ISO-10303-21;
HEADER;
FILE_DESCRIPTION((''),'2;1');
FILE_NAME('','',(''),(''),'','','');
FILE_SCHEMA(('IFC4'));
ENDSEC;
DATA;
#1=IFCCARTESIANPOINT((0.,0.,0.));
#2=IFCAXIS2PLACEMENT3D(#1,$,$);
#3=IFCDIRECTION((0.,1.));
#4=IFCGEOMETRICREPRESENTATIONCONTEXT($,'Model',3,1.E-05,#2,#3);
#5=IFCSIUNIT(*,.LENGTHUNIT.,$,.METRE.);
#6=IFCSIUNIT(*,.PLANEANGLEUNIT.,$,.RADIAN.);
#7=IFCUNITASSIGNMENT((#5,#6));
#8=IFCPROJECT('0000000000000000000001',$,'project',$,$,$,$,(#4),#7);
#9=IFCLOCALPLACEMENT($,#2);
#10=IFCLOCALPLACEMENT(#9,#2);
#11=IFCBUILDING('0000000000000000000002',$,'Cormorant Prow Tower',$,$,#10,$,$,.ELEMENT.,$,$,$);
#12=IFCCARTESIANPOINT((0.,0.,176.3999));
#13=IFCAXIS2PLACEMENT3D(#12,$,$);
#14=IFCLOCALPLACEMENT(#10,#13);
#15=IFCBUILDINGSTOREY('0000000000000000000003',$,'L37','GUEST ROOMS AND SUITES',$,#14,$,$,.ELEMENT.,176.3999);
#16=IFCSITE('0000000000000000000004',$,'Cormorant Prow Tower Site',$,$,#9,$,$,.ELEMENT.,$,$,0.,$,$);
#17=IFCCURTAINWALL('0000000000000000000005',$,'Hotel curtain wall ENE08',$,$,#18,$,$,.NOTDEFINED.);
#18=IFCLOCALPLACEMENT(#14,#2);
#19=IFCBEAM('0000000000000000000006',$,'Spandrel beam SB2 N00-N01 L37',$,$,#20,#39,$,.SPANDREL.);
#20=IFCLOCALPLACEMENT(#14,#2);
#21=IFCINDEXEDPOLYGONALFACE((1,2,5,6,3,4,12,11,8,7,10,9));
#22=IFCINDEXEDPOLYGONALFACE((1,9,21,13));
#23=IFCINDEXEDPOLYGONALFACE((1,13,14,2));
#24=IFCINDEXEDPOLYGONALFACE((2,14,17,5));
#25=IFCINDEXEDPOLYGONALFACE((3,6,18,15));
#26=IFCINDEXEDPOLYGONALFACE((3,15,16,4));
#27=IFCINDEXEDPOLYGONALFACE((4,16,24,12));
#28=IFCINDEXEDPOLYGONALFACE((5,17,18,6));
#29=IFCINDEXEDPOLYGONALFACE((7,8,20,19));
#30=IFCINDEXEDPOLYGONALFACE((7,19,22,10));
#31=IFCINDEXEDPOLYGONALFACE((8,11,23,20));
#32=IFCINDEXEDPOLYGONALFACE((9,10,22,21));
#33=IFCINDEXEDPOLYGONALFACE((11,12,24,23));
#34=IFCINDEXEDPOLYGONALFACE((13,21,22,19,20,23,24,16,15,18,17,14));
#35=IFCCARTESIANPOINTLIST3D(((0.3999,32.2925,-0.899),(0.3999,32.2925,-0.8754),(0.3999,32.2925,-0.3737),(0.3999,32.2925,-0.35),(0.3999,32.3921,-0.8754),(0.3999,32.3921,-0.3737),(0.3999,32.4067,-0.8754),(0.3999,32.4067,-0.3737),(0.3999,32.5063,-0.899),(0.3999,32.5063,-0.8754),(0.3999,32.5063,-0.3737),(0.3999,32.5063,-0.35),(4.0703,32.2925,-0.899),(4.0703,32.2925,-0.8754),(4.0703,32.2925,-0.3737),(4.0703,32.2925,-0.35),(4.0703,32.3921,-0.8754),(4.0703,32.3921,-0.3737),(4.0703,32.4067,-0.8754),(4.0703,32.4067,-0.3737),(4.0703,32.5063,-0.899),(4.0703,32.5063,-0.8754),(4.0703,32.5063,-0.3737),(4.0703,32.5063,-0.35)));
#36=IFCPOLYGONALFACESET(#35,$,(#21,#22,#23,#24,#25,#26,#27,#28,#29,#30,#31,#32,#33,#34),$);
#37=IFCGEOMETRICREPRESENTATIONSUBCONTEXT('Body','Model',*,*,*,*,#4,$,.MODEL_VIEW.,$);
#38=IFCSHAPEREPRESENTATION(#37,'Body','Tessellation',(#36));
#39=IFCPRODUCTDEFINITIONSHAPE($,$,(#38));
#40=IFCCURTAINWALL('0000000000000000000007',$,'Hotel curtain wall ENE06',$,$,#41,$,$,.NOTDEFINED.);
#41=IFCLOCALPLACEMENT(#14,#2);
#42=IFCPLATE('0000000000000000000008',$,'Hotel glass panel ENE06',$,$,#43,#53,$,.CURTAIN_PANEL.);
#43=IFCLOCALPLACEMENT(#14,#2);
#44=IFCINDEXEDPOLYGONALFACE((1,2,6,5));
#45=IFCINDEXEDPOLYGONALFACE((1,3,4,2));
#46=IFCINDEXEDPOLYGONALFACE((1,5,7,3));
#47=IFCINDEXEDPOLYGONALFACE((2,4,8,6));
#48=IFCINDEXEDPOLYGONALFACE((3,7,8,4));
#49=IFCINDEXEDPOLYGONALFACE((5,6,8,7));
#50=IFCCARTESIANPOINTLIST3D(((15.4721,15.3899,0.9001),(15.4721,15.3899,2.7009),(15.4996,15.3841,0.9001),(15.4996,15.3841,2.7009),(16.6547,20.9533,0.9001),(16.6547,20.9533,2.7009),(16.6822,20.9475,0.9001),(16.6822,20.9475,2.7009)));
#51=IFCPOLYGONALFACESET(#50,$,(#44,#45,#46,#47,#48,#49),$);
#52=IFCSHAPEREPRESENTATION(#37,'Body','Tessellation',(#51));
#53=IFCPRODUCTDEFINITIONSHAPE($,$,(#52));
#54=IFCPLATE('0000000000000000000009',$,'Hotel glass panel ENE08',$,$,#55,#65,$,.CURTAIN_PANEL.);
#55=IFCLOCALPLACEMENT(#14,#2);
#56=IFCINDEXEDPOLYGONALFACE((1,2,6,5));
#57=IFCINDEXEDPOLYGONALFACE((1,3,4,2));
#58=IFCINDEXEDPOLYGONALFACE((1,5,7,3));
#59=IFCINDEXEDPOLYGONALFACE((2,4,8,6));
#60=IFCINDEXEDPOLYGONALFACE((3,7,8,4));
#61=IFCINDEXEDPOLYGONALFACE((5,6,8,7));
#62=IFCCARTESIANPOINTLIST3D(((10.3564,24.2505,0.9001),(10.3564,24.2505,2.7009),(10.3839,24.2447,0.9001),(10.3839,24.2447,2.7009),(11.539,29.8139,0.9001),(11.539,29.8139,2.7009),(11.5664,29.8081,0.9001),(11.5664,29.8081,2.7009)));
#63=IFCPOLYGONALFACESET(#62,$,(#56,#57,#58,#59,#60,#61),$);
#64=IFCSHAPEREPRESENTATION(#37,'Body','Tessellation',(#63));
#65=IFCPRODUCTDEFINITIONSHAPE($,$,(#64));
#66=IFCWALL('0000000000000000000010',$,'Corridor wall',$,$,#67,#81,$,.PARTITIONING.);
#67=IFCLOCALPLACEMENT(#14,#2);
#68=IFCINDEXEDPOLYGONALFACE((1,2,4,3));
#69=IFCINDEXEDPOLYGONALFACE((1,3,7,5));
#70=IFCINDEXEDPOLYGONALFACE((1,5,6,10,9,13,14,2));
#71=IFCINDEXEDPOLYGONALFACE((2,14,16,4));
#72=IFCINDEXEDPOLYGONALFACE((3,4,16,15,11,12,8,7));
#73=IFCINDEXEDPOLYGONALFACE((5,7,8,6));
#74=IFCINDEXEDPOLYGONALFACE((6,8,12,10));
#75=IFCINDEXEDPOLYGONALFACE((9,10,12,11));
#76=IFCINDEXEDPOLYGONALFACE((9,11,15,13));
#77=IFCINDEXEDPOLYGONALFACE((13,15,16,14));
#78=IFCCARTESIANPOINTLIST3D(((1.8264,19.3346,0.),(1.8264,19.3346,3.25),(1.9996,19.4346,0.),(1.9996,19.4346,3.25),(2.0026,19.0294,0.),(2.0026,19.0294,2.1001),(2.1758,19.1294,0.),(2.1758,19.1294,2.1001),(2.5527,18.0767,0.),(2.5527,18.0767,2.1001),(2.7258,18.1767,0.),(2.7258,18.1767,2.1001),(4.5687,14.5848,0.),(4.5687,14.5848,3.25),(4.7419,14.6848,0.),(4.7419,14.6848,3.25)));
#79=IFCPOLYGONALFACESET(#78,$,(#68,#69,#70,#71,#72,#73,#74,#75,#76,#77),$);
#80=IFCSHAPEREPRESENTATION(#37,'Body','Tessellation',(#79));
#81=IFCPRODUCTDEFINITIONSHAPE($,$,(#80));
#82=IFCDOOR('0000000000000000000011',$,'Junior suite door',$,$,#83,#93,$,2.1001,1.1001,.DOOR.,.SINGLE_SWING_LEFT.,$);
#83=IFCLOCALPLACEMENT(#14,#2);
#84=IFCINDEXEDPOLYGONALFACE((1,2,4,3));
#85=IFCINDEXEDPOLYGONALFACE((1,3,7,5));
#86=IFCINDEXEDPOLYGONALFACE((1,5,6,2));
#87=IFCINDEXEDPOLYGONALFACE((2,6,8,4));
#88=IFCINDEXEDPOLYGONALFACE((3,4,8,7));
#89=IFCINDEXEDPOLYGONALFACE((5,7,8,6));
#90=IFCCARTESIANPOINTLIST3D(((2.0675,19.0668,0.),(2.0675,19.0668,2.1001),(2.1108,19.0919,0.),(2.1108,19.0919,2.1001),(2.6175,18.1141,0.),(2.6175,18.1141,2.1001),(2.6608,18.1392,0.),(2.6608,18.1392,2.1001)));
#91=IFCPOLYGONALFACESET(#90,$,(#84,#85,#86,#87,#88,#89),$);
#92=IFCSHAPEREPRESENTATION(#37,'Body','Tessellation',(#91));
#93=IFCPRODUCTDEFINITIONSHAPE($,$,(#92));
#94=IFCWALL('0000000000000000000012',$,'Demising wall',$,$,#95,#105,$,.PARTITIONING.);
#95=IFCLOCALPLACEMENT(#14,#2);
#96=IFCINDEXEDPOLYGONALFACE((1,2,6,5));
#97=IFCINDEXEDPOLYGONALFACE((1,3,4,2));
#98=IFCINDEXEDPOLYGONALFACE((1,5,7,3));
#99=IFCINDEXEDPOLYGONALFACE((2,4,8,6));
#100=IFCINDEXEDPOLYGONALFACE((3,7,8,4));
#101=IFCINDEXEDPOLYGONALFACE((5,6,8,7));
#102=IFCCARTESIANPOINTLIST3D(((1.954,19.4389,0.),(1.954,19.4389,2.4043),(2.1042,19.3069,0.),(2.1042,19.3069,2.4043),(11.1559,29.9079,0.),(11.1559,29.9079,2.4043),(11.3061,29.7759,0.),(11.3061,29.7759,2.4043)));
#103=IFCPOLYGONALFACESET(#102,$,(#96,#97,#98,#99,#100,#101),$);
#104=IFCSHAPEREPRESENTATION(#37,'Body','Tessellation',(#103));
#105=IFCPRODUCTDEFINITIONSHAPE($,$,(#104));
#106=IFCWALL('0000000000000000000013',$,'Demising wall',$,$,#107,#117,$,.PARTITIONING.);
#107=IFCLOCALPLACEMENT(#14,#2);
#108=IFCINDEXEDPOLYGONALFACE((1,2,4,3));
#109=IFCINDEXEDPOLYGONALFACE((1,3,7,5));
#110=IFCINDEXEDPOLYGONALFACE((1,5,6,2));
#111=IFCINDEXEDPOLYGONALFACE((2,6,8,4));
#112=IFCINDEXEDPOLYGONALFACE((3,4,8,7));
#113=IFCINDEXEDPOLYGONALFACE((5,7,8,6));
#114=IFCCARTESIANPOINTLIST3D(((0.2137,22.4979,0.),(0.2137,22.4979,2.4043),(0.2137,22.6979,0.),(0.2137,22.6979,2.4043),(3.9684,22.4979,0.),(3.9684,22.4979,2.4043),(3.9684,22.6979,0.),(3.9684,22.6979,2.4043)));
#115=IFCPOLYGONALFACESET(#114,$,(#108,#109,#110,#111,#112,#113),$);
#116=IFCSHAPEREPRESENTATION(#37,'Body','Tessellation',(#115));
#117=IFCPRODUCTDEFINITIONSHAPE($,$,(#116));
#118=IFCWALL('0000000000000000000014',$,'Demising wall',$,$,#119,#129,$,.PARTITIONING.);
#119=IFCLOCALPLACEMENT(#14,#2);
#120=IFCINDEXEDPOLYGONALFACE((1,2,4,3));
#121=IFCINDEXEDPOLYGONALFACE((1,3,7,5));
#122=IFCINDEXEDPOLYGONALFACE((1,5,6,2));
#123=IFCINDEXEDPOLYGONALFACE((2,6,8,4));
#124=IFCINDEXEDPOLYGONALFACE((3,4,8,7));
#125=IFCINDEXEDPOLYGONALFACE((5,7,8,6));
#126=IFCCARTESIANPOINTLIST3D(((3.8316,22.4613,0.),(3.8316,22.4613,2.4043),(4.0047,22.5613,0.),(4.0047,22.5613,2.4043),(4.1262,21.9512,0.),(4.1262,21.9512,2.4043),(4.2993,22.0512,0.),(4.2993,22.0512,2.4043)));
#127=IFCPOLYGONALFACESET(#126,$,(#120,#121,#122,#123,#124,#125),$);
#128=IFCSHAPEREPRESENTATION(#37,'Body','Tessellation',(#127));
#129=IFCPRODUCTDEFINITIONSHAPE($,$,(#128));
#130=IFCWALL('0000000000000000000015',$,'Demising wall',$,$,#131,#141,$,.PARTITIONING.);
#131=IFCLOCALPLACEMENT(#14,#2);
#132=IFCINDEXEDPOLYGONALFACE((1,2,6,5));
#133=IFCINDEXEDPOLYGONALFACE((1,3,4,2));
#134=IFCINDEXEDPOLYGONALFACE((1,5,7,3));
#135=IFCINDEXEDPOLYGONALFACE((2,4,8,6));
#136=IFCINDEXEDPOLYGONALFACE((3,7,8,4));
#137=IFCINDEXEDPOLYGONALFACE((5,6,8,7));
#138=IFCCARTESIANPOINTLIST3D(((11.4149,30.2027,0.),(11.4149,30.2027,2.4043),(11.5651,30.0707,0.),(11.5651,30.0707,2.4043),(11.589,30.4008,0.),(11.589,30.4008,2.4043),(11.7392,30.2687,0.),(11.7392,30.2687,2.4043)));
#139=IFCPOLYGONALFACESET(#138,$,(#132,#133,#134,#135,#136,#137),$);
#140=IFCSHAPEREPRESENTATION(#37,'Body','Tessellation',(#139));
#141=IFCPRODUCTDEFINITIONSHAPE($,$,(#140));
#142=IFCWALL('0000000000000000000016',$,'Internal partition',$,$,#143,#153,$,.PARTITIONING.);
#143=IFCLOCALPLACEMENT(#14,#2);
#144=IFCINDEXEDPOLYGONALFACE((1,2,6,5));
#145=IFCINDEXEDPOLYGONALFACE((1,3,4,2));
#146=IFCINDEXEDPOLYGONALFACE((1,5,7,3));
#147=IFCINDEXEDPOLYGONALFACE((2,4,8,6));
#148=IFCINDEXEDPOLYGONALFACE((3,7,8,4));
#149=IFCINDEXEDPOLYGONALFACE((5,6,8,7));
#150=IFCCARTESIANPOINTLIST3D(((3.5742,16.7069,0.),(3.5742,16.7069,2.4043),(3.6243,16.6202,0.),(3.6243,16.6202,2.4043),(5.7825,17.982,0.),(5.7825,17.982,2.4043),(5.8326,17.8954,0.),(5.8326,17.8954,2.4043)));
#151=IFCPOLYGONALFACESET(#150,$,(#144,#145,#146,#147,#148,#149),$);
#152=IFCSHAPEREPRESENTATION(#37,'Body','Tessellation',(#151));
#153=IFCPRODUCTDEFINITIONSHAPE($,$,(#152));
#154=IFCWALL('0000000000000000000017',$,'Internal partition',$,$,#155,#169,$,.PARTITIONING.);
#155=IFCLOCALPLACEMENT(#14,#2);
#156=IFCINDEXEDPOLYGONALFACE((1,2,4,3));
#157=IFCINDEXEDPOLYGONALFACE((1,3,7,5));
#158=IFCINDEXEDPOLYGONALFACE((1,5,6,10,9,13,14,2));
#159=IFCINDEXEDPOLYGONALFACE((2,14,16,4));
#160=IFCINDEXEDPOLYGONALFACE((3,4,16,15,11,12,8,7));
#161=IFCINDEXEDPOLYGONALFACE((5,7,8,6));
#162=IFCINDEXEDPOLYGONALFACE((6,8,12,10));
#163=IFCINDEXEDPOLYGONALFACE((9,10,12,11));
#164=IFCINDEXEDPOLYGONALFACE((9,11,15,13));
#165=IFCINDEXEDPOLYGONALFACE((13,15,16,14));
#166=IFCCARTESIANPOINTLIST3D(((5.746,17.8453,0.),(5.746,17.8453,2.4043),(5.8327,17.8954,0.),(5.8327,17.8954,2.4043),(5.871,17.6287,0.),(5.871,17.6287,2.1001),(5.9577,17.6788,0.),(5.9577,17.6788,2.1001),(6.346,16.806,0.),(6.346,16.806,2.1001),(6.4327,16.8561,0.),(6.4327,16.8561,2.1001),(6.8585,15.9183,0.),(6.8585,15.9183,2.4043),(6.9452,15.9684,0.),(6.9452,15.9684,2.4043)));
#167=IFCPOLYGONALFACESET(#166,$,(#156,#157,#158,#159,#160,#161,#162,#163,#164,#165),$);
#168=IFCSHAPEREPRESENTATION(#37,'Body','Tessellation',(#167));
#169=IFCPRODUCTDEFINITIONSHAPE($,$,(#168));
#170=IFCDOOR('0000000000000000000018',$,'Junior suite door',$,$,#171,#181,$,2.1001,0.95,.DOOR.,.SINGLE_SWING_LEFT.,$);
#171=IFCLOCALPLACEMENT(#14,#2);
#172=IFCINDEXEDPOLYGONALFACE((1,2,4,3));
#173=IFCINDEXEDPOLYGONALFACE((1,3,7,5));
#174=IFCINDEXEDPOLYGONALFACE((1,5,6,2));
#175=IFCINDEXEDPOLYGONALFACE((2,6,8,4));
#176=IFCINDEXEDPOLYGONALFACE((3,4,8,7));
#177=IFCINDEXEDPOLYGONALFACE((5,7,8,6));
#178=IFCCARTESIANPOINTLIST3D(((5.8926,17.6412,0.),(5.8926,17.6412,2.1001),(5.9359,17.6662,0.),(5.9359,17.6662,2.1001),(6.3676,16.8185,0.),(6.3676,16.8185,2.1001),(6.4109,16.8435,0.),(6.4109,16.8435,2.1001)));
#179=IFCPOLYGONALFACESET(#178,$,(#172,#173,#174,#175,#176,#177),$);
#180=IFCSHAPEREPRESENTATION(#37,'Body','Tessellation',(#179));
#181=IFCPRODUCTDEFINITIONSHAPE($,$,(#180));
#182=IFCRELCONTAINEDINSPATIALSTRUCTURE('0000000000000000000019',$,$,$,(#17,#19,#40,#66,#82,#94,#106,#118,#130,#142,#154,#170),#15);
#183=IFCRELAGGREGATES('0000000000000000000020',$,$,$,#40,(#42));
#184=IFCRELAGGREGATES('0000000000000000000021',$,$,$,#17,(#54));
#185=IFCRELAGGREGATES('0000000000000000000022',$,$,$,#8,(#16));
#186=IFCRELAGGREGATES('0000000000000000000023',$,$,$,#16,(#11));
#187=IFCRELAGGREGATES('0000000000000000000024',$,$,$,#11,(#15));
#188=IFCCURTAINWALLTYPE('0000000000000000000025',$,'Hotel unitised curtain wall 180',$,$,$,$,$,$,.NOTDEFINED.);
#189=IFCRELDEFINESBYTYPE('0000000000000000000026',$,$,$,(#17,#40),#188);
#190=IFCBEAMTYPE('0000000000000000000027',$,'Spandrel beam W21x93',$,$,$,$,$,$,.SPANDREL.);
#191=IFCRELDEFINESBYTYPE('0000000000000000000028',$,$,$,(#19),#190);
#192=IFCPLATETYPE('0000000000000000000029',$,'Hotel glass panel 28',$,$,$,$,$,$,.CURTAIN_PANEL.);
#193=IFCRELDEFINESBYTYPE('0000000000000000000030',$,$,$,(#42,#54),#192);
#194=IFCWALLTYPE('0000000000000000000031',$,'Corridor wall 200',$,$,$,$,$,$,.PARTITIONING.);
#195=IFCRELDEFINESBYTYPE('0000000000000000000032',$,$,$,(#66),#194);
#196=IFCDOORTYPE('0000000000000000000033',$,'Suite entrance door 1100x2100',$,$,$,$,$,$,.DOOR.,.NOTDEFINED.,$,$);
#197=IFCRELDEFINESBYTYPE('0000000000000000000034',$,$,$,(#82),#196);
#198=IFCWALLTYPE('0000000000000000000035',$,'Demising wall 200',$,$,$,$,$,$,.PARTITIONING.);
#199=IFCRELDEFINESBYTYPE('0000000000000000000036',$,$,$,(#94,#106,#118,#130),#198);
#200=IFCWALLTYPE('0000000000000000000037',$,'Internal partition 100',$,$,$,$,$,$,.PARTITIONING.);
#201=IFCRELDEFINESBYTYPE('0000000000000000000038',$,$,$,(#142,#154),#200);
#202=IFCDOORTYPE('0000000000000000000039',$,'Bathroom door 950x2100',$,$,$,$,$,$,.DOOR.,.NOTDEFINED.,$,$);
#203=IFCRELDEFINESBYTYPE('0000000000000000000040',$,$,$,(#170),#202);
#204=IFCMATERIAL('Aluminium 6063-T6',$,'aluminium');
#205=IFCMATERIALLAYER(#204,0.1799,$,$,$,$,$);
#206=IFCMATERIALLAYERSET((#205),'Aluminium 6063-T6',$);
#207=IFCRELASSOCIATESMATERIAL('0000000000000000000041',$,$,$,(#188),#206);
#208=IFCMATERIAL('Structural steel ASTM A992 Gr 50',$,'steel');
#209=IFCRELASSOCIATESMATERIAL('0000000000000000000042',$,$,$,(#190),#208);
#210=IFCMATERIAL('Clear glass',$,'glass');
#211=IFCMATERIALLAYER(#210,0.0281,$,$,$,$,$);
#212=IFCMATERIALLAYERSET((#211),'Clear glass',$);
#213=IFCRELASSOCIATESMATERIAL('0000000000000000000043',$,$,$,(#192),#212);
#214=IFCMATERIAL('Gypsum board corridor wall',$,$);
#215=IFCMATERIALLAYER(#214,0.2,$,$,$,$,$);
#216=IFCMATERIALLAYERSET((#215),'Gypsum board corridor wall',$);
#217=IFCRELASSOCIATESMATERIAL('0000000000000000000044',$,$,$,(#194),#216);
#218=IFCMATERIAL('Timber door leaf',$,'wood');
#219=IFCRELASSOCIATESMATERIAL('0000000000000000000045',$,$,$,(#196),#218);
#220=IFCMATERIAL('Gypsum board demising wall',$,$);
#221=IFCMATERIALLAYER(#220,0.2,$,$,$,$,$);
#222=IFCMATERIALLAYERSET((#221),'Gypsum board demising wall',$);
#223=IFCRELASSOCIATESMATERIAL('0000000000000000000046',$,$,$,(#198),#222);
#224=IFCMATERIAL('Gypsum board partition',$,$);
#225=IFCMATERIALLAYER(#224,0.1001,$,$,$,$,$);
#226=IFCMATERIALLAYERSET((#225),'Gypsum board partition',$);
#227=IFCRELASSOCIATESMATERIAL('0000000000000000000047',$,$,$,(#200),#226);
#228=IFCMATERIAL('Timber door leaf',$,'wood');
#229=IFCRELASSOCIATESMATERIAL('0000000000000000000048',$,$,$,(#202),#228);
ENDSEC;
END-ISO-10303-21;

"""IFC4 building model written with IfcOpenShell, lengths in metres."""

from ifc_helpers import new_model, si_unit, direction, frame, frame_2d, origin, origin_2d, place, context, subcontext, project, spatial, rectangle, i_section, extrude, material, layer, layer_set, material_profile, profile_set, type_object, element, fill, aggregate, save


model = new_model("IFC4")

# Units and contexts
model_context = context("Model", 3, precision=1e-05, world=origin(), true_north=direction((0.0, 1.0)))
body_context = subcontext(model_context, "Body", "Model", "MODEL_VIEW")
ifc_project = project(units=[si_unit("LENGTHUNIT", "METRE"), si_unit("PLANEANGLEUNIT", "RADIAN")], contexts=[model_context])

# Site, building, storey
site_placement = place(None, origin())
site = spatial("IfcSite", under=ifc_project, at=site_placement, Name="Cormorant Prow Tower Site", CompositionType="ELEMENT", RefElevation=0.0)
building_placement = place(site_placement, origin())
building = spatial("IfcBuilding", under=site, at=building_placement, Name="Cormorant Prow Tower", CompositionType="ELEMENT")
storey_placement = place(building_placement, frame((0.0, 0.0, 176.3999)))
storey = spatial("IfcBuildingStorey", under=building, at=storey_placement, Name="L37", Description="GUEST ROOMS AND SUITES", CompositionType="ELEMENT", Elevation=176.3999)

# Curtain wall
ifc_material_1 = material(Name="Aluminium 6063-T6", Category="aluminium")
ifc_layer_1 = layer(ifc_material_1, 0.1799)
ifc_layer_set_1 = layer_set([ifc_layer_1], Name="Aluminium 6063-T6")
curtain_wall_type = type_object("IfcCurtainWallType", Name="Hotel unitised curtain wall 180", PredefinedType="NOTDEFINED", material=ifc_layer_set_1)
curtain_wall_1_placement = place(storey_placement, origin())
curtain_wall_1 = element("IfcCurtainWall", 1, at=curtain_wall_1_placement, inside=storey, type_object=curtain_wall_type, Name="Hotel curtain wall ENE08", PredefinedType="NOTDEFINED")

# Beam
ifc_material_2 = material(Name="Structural steel ASTM A992 Gr 50", Category="steel")
ifc_material_profile_1 = material_profile(ifc_material_2, i_section(OverallWidth=0.2139, OverallDepth=0.5491, WebThickness=0.0146, FlangeThickness=0.0237, at=origin_2d()), Name="W21x93")
ifc_profile_set_1 = profile_set([ifc_material_profile_1], Name="Structural steel ASTM A992 Gr 50")
beam_type = type_object("IfcBeamType", Name="Spandrel beam W21x93", PredefinedType="SPANDREL", material=ifc_profile_set_1)
beam_1_placement = place(storey_placement, frame((4.0703, 32.3994, -0.6245), z_axis=(-1.0, 0.0, 0.0), x_axis=(0.0, -1.0, 0.0)))
element("IfcBeam", 2, at=beam_1_placement, inside=storey, type_object=beam_type, Name="Spandrel beam SB2 N00-N01 L37", PredefinedType="SPANDREL", context=body_context, shape_type="SweptSolid", body=[
    extrude(i_section(OverallWidth=0.2139, OverallDepth=0.5491, WebThickness=0.0146, FlangeThickness=0.0237, at=origin_2d()), origin(), (0.0, 0.0, 1.0), 3.6704),
])

# Curtain wall, plate
curtain_wall_2_placement = place(storey_placement, origin())
curtain_wall_2 = element("IfcCurtainWall", 3, at=curtain_wall_2_placement, inside=storey, type_object=curtain_wall_type, Name="Hotel curtain wall ENE06", PredefinedType="NOTDEFINED")
ifc_material_3 = material(Name="Clear glass", Category="glass")
ifc_layer_2 = layer(ifc_material_3, 0.0281)
ifc_layer_set_2 = layer_set([ifc_layer_2], Name="Clear glass")
plate_type = type_object("IfcPlateType", Name="Hotel glass panel 28", PredefinedType="CURTAIN_PANEL", material=ifc_layer_set_2)
plate_1_placement = place(storey_placement, frame((16.0771, 18.1687, 0.9001), z_axis=(0.0, 0.0, 1.0), x_axis=(0.207912, 0.978148, 0.0)))
plate_1 = element("IfcPlate", 4, at=plate_1_placement, type_object=plate_type, Name="Hotel glass panel ENE06", PredefinedType="CURTAIN_PANEL", context=body_context, shape_type="SweptSolid", body=[
    extrude(rectangle(XDim=5.6877, YDim=0.0281, at=origin_2d()), origin(), (0.0, 0.0, 1.0), 1.8008),
])
aggregate(curtain_wall_2, [plate_1])

# Plate
plate_2_placement = place(storey_placement, frame((10.9614, 27.0293, 0.9001), z_axis=(0.0, 0.0, 1.0), x_axis=(0.207912, 0.978148, 0.0)))
plate_2 = element("IfcPlate", 5, at=plate_2_placement, type_object=plate_type, Name="Hotel glass panel ENE08", PredefinedType="CURTAIN_PANEL", context=body_context, shape_type="SweptSolid", body=[
    extrude(rectangle(XDim=5.6877, YDim=0.0281, at=origin_2d()), origin(), (0.0, 0.0, 1.0), 1.8008),
])
aggregate(curtain_wall_1, [plate_2])

# Wall, opening, door
ifc_material_4 = material(Name="Gypsum board corridor wall")
ifc_layer_3 = layer(ifc_material_4, 0.2)
ifc_layer_set_3 = layer_set([ifc_layer_3], Name="Gypsum board corridor wall")
wall_type_1 = type_object("IfcWallType", Name="Corridor wall 200", PredefinedType="PARTITIONING", material=ifc_layer_set_3)
wall_1_placement = place(storey_placement, frame((1.9131, 19.3845, 0.0), z_axis=(0.0, 0.0, 1.0), x_axis=(0.499988, -0.866032, 0.0)))
wall_1 = element("IfcWall", 6, at=wall_1_placement, inside=storey, type_object=wall_type_1, Name="Corridor wall", PredefinedType="PARTITIONING", context=body_context, shape_type="SweptSolid", body=[
    extrude(rectangle(XDim=5.4846, YDim=0.2, at=frame_2d((2.7422, 0.0))), origin(), (0.0, 0.0, 1.0), 3.25),
])
opening_1_placement = place(wall_1_placement, frame((0.3523, 0.0, 0.0)))
opening_1 = element("IfcOpeningElement", 7, at=opening_1_placement, cuts=wall_1, PredefinedType="OPENING", context=body_context, shape_type="SweptSolid", body=[
    extrude(rectangle(XDim=1.1001, YDim=2.1001, at=frame_2d((0.55, 1.05))), frame((0.0, 0.1099, 0.0), z_axis=(0.0, -1.0, 0.0), x_axis=(1.0, 0.0, 0.0)), (0.0, 0.0, 1.0), 0.22),
])
ifc_material_5 = material(Name="Timber door leaf", Category="wood")
door_type_1 = type_object("IfcDoorType", Name="Suite entrance door 1100x2100", OperationType="NOTDEFINED", PredefinedType="DOOR", material=ifc_material_5)
door_1_placement = place(opening_1_placement, origin())
door_1 = element("IfcDoor", 8, at=door_1_placement, inside=storey, type_object=door_type_1, Name="Junior suite door", OperationType="SINGLE_SWING_LEFT", OverallHeight=2.1001, OverallWidth=1.1001, PredefinedType="DOOR", context=body_context, shape_type="SweptSolid", body=[
    extrude(rectangle(XDim=1.1001, YDim=2.1001, at=frame_2d((0.55, 1.05))), frame((0.0, 0.0249, 0.0), z_axis=(0.0, -1.0, 0.0), x_axis=(1.0, 0.0, 0.0)), (0.0, 0.0, 1.0), 0.05),
])
fill(opening_1, door_1)

# Walls
ifc_material_6 = material(Name="Gypsum board demising wall")
ifc_layer_4 = layer(ifc_material_6, 0.2)
ifc_layer_set_4 = layer_set([ifc_layer_4], Name="Gypsum board demising wall")
wall_type_2 = type_object("IfcWallType", Name="Demising wall 200", PredefinedType="PARTITIONING", material=ifc_layer_set_4)
wall_2_placement = place(storey_placement, frame((2.0291, 19.3728, 0.0), z_axis=(0.0, 0.0, 1.0), x_axis=(0.660191, 0.751098, 0.0)))
element("IfcWall", 9, at=wall_2_placement, inside=storey, type_object=wall_type_2, Name="Demising wall", PredefinedType="PARTITIONING", context=body_context, shape_type="SweptSolid", body=[
    extrude(rectangle(XDim=13.9382, YDim=0.2, at=frame_2d((6.9692, 0.0))), origin(), (0.0, 0.0, 1.0), 2.4043),
])
wall_3_placement = place(storey_placement, frame((0.2136, 22.5979, 0.0), z_axis=(0.0, 0.0, 1.0), x_axis=(1.0, 0.0, 0.0)))
element("IfcWall", 10, at=wall_3_placement, inside=storey, type_object=wall_type_2, Name="Demising wall", PredefinedType="PARTITIONING", context=body_context, shape_type="SweptSolid", body=[
    extrude(rectangle(XDim=3.7546, YDim=0.2, at=frame_2d((1.8774, 0.0))), origin(), (0.0, 0.0, 1.0), 2.4043),
])
wall_4_placement = place(storey_placement, frame((3.9182, 22.5112, 0.0), z_axis=(0.0, 0.0, 1.0), x_axis=(0.500105, -0.865965, 0.0)))
element("IfcWall", 11, at=wall_4_placement, inside=storey, type_object=wall_type_2, Name="Demising wall", PredefinedType="PARTITIONING", context=body_context, shape_type="SweptSolid", body=[
    extrude(rectangle(XDim=0.5891, YDim=0.2, at=frame_2d((0.2944, 0.0))), origin(), (0.0, 0.0, 1.0), 2.4043),
])
wall_5_placement = place(storey_placement, frame((11.49, 30.1367, 0.0), z_axis=(0.0, 0.0, 1.0), x_axis=(0.660273, 0.751026, 0.0)))
element("IfcWall", 12, at=wall_5_placement, inside=storey, type_object=wall_type_2, Name="Demising wall", PredefinedType="PARTITIONING", context=body_context, shape_type="SweptSolid", body=[
    extrude(rectangle(XDim=0.2637, YDim=0.2, at=frame_2d((0.1318, 0.0))), origin(), (0.0, 0.0, 1.0), 2.4043),
])
ifc_material_7 = material(Name="Gypsum board partition")
ifc_layer_5 = layer(ifc_material_7, 0.1001)
ifc_layer_set_5 = layer_set([ifc_layer_5], Name="Gypsum board partition")
wall_type_3 = type_object("IfcWallType", Name="Internal partition 100", PredefinedType="PARTITIONING", material=ifc_layer_set_5)
wall_6_placement = place(storey_placement, frame((3.5994, 16.6636, 0.0), z_axis=(0.0, 0.0, 1.0), x_axis=(0.865989, 0.500062, 0.0)))
element("IfcWall", 13, at=wall_6_placement, inside=storey, type_object=wall_type_3, Name="Internal partition", PredefinedType="PARTITIONING", context=body_context, shape_type="SweptSolid", body=[
    extrude(rectangle(XDim=2.55, YDim=0.1001, at=frame_2d((1.2749, 0.0))), origin(), (0.0, 0.0, 1.0), 2.4043),
])

# Wall, opening, door
wall_7_placement = place(storey_placement, frame((5.7893, 17.8704, 0.0), z_axis=(0.0, 0.0, 1.0), x_axis=(0.499998, -0.866027, 0.0)))
wall_7 = element("IfcWall", 14, at=wall_7_placement, inside=storey, type_object=wall_type_3, Name="Internal partition", PredefinedType="PARTITIONING", context=body_context, shape_type="SweptSolid", body=[
    extrude(rectangle(XDim=2.2251, YDim=0.1001, at=frame_2d((1.1125, 0.0))), origin(), (0.0, 0.0, 1.0), 2.4043),
])
opening_2_placement = place(wall_7_placement, frame((0.25, 0.0, 0.0)))
opening_2 = element("IfcOpeningElement", 15, at=opening_2_placement, cuts=wall_7, PredefinedType="OPENING", context=body_context, shape_type="SweptSolid", body=[
    extrude(rectangle(XDim=0.95, YDim=2.1001, at=frame_2d((0.4751, 1.05))), frame((0.0, 0.0601, 0.0), z_axis=(0.0, -1.0, 0.0), x_axis=(1.0, 0.0, 0.0)), (0.0, 0.0, 1.0), 0.1201),
])
ifc_material_8 = material(Name="Timber door leaf", Category="wood")
door_type_2 = type_object("IfcDoorType", Name="Bathroom door 950x2100", OperationType="NOTDEFINED", PredefinedType="DOOR", material=ifc_material_8)
door_2_placement = place(opening_2_placement, origin())
door_2 = element("IfcDoor", 16, at=door_2_placement, inside=storey, type_object=door_type_2, Name="Junior suite door", OperationType="SINGLE_SWING_LEFT", OverallHeight=2.1001, OverallWidth=0.95, PredefinedType="DOOR", context=body_context, shape_type="SweptSolid", body=[
    extrude(rectangle(XDim=0.95, YDim=2.1001, at=frame_2d((0.4751, 1.05))), frame((0.0, 0.0249, 0.0), z_axis=(0.0, -1.0, 0.0), x_axis=(1.0, 0.0, 0.0)), (0.0, 0.0, 1.0), 0.05),
])
fill(opening_2, door_2)

save(model, "model.ifc")
